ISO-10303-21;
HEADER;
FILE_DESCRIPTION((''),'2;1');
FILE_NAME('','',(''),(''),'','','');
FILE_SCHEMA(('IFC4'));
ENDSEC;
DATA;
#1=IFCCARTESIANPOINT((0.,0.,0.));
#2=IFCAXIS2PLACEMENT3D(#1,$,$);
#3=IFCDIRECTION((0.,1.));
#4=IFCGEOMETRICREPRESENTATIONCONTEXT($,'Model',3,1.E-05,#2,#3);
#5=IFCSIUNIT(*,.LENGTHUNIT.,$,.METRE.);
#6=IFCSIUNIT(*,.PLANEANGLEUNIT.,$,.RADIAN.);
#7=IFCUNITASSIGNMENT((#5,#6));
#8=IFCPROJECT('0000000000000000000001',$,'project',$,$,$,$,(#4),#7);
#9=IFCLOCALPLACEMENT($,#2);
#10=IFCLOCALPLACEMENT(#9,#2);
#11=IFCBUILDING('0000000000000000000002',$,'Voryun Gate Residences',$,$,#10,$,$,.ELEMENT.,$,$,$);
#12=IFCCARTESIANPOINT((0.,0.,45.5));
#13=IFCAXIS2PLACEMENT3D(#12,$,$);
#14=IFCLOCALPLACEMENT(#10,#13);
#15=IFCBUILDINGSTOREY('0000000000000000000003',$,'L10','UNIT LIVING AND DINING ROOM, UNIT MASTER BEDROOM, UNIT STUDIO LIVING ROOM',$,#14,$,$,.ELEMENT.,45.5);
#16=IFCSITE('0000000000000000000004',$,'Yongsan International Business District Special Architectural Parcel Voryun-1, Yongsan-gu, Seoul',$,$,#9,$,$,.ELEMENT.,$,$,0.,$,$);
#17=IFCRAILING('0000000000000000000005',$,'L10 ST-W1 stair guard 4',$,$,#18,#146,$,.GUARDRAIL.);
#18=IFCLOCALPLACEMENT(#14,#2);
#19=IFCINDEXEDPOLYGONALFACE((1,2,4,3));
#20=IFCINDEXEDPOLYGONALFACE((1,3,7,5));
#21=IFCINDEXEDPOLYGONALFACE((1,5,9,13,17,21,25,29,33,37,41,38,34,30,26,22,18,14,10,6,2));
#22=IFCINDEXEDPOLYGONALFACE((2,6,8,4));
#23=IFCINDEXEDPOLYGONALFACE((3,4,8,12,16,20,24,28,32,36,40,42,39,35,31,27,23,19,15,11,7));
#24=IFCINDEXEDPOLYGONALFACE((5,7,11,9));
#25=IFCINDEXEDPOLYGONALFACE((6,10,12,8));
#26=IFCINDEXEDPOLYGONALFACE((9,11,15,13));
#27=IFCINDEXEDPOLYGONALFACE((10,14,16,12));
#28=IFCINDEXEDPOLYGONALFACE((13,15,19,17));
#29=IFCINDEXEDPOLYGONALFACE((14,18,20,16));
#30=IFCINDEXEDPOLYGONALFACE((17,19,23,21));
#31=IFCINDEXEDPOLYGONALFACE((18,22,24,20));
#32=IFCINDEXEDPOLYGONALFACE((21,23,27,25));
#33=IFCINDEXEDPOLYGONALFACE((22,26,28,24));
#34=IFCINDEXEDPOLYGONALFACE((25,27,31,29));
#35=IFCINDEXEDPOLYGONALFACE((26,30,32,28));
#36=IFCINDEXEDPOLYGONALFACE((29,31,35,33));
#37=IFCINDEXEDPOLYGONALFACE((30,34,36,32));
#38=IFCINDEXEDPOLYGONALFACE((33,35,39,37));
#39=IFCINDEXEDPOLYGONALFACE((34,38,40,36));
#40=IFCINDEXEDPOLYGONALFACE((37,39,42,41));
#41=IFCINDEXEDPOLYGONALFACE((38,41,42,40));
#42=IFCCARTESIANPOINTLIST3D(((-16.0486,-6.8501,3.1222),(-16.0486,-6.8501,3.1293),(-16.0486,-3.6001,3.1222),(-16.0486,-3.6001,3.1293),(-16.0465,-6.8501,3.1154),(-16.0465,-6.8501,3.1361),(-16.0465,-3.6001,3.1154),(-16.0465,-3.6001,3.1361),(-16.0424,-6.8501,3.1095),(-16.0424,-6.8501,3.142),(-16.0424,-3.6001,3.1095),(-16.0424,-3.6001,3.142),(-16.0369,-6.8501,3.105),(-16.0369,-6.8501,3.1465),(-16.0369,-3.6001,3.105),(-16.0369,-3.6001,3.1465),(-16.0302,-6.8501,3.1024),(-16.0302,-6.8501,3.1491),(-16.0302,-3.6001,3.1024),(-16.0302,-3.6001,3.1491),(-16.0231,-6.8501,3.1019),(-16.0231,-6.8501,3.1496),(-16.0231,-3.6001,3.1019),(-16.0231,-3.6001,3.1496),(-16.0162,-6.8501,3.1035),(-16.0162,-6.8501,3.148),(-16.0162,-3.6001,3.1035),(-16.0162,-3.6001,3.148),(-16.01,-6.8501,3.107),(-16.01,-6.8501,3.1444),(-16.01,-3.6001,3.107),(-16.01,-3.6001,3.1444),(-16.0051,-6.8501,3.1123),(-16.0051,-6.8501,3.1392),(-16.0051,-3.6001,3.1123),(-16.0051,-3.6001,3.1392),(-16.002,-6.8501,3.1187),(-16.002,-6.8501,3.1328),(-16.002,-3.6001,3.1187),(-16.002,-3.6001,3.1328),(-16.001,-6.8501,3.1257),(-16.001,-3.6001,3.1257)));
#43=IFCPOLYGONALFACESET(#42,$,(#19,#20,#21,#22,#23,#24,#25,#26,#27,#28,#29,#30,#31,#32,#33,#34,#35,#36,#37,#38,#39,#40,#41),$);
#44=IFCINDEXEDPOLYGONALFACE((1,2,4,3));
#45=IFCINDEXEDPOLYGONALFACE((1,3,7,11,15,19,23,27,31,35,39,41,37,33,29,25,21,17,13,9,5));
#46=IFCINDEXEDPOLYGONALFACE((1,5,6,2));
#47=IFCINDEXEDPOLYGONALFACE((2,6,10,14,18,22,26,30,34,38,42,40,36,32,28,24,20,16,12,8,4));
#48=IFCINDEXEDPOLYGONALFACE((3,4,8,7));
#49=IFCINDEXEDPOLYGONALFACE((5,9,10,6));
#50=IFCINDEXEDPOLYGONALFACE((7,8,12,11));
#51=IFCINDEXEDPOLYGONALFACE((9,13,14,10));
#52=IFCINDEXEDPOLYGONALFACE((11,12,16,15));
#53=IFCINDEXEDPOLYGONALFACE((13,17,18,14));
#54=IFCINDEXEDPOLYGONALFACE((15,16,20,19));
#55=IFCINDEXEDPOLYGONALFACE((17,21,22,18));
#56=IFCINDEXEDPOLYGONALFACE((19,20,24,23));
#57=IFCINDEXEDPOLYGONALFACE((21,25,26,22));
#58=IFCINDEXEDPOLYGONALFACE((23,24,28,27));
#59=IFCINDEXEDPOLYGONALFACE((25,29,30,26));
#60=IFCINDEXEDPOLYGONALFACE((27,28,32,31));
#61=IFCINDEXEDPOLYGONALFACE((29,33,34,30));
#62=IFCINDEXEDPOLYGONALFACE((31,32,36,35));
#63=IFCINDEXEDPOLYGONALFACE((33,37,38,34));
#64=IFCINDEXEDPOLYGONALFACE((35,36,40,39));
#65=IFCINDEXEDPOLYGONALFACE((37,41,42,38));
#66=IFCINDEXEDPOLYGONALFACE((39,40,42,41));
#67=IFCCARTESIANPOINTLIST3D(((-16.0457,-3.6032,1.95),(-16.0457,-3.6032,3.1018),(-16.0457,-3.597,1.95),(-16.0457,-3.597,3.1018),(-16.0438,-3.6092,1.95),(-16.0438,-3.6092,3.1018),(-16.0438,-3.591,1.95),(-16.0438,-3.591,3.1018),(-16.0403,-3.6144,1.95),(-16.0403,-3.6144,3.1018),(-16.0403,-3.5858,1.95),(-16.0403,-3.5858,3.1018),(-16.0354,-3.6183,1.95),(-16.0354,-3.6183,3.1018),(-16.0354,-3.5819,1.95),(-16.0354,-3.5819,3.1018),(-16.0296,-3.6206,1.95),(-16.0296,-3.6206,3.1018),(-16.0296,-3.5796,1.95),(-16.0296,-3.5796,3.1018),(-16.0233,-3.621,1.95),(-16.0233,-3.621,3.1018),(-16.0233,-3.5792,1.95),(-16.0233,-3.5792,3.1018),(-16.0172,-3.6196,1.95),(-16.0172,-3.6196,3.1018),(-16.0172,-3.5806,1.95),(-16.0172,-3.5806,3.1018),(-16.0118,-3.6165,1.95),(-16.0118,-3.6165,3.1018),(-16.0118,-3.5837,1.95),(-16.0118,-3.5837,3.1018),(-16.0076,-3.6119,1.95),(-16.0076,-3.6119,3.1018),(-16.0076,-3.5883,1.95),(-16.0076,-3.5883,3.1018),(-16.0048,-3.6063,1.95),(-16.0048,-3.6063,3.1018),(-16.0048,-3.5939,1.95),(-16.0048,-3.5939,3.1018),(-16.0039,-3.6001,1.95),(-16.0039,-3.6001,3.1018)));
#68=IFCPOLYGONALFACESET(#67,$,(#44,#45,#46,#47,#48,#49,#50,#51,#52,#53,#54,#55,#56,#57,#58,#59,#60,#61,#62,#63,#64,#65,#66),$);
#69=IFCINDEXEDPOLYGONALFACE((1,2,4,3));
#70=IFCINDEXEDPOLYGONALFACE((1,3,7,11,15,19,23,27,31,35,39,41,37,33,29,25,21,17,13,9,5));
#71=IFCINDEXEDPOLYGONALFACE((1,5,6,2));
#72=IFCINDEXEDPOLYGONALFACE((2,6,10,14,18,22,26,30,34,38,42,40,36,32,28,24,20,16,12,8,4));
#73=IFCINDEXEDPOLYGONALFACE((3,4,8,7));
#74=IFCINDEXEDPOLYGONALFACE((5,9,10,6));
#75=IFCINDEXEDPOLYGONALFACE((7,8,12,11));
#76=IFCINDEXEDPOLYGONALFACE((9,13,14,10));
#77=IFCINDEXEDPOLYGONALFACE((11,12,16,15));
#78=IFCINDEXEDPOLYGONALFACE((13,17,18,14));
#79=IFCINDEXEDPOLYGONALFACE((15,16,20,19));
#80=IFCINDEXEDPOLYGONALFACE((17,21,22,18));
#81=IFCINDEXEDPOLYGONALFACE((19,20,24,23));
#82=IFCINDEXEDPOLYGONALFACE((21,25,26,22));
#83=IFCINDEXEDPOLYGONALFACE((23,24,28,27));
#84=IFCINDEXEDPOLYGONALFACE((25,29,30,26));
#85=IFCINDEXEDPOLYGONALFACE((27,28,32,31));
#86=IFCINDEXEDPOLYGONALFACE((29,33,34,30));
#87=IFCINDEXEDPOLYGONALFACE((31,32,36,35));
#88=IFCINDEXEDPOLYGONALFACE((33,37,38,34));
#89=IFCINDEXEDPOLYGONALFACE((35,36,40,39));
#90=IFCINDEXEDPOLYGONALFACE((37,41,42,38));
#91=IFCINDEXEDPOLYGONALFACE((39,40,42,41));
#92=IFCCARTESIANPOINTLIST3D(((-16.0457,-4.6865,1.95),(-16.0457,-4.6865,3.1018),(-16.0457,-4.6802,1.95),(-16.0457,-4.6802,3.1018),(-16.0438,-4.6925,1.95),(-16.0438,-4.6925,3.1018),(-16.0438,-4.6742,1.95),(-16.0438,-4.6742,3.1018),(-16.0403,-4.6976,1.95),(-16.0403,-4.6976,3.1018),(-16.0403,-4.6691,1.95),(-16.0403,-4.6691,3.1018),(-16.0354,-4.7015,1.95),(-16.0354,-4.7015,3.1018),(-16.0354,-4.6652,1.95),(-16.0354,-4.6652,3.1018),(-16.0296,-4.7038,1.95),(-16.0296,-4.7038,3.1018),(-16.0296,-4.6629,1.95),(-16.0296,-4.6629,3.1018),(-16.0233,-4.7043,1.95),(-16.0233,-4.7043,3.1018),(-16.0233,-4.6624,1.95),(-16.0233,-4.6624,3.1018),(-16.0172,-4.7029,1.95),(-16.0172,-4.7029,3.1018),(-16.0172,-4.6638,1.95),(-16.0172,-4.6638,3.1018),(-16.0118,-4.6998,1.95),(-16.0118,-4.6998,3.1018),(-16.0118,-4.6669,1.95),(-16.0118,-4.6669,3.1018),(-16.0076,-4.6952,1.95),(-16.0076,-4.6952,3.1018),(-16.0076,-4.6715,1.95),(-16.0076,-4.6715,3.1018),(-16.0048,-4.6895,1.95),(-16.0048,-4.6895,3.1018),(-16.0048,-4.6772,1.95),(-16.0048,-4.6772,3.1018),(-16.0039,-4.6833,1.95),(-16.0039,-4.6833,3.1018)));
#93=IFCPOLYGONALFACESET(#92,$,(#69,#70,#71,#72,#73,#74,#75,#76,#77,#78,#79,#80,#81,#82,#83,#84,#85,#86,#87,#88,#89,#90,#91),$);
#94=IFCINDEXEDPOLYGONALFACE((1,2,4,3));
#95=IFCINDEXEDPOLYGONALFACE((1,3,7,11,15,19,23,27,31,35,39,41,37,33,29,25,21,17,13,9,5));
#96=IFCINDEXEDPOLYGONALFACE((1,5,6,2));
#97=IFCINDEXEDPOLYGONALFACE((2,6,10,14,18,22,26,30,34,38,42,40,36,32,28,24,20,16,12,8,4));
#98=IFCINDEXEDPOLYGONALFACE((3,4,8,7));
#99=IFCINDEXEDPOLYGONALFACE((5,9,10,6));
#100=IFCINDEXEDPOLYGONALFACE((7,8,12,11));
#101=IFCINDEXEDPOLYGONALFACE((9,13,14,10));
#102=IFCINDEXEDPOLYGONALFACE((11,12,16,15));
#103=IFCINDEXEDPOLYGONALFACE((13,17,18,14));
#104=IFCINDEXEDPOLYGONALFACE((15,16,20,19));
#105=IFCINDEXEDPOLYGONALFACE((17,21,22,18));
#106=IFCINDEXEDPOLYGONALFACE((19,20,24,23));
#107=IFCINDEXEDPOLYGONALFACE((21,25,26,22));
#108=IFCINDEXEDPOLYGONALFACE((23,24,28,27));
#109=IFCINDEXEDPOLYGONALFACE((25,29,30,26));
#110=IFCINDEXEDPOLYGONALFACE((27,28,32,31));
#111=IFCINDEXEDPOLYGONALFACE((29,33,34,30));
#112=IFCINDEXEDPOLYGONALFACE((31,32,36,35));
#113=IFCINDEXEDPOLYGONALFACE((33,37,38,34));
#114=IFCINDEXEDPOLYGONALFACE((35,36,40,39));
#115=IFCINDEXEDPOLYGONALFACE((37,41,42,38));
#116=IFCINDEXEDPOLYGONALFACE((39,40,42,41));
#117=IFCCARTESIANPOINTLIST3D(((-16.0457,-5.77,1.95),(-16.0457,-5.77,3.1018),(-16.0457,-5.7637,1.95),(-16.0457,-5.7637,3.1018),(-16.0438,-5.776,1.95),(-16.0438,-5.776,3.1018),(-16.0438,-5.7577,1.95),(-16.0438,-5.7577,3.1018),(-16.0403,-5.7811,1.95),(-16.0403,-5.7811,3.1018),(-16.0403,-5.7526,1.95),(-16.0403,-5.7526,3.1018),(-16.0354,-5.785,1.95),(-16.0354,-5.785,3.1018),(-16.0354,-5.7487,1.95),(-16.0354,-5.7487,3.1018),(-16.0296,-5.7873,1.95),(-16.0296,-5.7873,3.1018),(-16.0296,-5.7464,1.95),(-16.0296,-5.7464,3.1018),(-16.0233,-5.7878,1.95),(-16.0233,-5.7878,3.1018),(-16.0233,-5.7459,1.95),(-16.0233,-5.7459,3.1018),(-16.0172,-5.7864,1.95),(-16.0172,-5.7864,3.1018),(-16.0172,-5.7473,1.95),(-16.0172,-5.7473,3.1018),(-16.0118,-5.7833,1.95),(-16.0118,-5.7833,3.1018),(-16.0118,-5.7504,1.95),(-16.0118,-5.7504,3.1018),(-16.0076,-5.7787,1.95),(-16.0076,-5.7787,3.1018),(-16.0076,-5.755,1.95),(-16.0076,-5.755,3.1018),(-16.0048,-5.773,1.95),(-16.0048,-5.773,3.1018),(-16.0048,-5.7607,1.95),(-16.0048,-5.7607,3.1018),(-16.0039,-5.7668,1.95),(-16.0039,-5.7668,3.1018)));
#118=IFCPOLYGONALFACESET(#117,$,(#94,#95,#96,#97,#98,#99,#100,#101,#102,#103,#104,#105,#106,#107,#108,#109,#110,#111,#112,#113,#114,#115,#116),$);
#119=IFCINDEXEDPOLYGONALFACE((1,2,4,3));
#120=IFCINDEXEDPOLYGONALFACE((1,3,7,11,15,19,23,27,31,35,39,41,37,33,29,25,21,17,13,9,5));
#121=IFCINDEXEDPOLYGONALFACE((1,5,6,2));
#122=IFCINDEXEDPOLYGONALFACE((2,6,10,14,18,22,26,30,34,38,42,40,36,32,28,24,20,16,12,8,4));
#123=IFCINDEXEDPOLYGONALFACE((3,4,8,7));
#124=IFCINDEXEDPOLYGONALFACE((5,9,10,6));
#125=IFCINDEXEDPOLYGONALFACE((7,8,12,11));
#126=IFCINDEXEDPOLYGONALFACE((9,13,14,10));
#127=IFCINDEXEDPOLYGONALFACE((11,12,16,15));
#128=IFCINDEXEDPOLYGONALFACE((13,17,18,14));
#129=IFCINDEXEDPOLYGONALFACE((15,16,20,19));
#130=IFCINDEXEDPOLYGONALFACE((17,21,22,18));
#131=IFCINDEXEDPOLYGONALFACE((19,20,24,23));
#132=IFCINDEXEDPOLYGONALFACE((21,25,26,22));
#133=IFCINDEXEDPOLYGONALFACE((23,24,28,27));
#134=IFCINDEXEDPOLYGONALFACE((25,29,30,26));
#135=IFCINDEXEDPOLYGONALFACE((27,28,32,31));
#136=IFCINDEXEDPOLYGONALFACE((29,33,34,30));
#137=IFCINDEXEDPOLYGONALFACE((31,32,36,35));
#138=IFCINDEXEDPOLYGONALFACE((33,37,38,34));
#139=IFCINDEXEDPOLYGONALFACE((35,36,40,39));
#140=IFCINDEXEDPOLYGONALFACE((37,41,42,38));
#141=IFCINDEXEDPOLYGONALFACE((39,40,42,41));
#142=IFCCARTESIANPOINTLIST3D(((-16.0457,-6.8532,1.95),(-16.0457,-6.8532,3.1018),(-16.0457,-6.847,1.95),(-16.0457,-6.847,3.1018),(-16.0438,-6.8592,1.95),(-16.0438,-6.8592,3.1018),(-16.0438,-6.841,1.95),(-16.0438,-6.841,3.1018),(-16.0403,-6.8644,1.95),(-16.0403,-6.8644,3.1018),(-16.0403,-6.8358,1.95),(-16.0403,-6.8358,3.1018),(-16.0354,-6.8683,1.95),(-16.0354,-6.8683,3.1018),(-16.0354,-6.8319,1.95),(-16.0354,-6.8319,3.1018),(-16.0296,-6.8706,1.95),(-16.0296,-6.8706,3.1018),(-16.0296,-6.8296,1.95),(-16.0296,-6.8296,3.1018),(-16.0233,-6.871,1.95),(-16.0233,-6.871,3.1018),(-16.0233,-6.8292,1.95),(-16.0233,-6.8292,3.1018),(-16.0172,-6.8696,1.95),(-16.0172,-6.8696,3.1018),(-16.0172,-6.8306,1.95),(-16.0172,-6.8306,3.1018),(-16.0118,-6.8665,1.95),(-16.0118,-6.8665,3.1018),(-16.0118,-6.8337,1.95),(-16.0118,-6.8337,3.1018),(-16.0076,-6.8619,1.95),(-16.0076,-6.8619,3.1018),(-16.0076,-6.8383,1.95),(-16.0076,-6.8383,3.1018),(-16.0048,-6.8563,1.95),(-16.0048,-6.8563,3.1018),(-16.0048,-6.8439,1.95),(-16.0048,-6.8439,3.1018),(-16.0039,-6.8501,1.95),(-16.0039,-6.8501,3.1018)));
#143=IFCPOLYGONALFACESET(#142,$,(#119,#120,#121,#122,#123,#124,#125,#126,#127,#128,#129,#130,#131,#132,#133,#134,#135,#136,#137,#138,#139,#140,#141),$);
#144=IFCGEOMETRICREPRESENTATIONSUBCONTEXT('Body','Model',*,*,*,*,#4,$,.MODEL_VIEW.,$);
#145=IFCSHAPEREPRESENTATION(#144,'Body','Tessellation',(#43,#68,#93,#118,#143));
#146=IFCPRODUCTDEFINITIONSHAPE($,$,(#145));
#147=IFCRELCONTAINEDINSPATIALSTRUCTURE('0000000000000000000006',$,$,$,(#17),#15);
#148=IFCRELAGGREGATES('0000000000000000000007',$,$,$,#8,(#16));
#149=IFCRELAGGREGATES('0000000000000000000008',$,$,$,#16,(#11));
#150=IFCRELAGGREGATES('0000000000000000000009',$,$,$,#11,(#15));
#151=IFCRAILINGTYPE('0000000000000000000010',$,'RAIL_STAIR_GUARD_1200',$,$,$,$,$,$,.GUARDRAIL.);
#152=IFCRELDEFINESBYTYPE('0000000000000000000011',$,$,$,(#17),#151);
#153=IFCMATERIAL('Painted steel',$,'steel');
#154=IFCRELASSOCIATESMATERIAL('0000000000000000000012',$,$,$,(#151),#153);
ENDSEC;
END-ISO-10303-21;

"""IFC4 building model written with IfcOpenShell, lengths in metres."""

from ifc_helpers import new_model, si_unit, direction, frame, origin, origin_2d, place, context, subcontext, project, spatial, circle, extrude, material, type_object, element, save


model = new_model("IFC4")

# Units and contexts
model_context = context("Model", 3, precision=1e-05, world=origin(), true_north=direction((0.0, 1.0)))
body_context = subcontext(model_context, "Body", "Model", "MODEL_VIEW")
ifc_project = project(units=[si_unit("LENGTHUNIT", "METRE"), si_unit("PLANEANGLEUNIT", "RADIAN")], contexts=[model_context])

# Site, building, storey
site_placement = place(None, origin())
site = spatial("IfcSite", under=ifc_project, at=site_placement, Name="Yongsan International Business District Special Architectural Parcel Voryun-1, Yongsan-gu, Seoul", CompositionType="ELEMENT", RefElevation=0.0)
building_placement = place(site_placement, origin())
building = spatial("IfcBuilding", under=site, at=building_placement, Name="Voryun Gate Residences", CompositionType="ELEMENT")
storey_placement = place(building_placement, frame((0.0, 0.0, 45.5)))
storey = spatial("IfcBuildingStorey", under=building, at=storey_placement, Name="L10", Description="UNIT LIVING AND DINING ROOM, UNIT MASTER BEDROOM, UNIT STUDIO LIVING ROOM", CompositionType="ELEMENT", Elevation=45.5)

# Railing
ifc_material_1 = material(Name="Painted steel", Category="steel")
railing_type_1 = type_object("IfcRailingType", Name="RAIL_STAIR_GUARD_1200", PredefinedType="GUARDRAIL", material=ifc_material_1)
for number, where, name in (
    (1, (-16.0249, -3.6001, 1.95), "L10 ST-W1 stair guard 4"),
):
    element("IfcRailing", number, at=place(storey_placement, frame(where)), inside=storey, type_object=railing_type_1, Name=name, PredefinedType="GUARDRAIL", context=body_context, shape_type="SweptSolid", body=[
        extrude(circle(Radius=0.0239, at=origin_2d()), frame((0.0, 0.0, 1.1758), z_axis=(0.0, -1.0, 0.0), x_axis=(1.0, 0.0, 0.0)), (0.0, 0.0, 1.0), 3.25),
        extrude(circle(Radius=0.021, at=origin_2d()), origin(), (0.0, 0.0, 1.0), 1.1519),
        extrude(circle(Radius=0.021, at=origin_2d()), frame((0.0, -1.0833, 0.0)), (0.0, 0.0, 1.0), 1.1519),
        extrude(circle(Radius=0.021, at=origin_2d()), frame((0.0, -2.1667, 0.0)), (0.0, 0.0, 1.0), 1.1519),
        extrude(circle(Radius=0.021, at=origin_2d()), frame((0.0, -3.25, 0.0)), (0.0, 0.0, 1.0), 1.1519),
    ])

save(model, "model.ifc")
